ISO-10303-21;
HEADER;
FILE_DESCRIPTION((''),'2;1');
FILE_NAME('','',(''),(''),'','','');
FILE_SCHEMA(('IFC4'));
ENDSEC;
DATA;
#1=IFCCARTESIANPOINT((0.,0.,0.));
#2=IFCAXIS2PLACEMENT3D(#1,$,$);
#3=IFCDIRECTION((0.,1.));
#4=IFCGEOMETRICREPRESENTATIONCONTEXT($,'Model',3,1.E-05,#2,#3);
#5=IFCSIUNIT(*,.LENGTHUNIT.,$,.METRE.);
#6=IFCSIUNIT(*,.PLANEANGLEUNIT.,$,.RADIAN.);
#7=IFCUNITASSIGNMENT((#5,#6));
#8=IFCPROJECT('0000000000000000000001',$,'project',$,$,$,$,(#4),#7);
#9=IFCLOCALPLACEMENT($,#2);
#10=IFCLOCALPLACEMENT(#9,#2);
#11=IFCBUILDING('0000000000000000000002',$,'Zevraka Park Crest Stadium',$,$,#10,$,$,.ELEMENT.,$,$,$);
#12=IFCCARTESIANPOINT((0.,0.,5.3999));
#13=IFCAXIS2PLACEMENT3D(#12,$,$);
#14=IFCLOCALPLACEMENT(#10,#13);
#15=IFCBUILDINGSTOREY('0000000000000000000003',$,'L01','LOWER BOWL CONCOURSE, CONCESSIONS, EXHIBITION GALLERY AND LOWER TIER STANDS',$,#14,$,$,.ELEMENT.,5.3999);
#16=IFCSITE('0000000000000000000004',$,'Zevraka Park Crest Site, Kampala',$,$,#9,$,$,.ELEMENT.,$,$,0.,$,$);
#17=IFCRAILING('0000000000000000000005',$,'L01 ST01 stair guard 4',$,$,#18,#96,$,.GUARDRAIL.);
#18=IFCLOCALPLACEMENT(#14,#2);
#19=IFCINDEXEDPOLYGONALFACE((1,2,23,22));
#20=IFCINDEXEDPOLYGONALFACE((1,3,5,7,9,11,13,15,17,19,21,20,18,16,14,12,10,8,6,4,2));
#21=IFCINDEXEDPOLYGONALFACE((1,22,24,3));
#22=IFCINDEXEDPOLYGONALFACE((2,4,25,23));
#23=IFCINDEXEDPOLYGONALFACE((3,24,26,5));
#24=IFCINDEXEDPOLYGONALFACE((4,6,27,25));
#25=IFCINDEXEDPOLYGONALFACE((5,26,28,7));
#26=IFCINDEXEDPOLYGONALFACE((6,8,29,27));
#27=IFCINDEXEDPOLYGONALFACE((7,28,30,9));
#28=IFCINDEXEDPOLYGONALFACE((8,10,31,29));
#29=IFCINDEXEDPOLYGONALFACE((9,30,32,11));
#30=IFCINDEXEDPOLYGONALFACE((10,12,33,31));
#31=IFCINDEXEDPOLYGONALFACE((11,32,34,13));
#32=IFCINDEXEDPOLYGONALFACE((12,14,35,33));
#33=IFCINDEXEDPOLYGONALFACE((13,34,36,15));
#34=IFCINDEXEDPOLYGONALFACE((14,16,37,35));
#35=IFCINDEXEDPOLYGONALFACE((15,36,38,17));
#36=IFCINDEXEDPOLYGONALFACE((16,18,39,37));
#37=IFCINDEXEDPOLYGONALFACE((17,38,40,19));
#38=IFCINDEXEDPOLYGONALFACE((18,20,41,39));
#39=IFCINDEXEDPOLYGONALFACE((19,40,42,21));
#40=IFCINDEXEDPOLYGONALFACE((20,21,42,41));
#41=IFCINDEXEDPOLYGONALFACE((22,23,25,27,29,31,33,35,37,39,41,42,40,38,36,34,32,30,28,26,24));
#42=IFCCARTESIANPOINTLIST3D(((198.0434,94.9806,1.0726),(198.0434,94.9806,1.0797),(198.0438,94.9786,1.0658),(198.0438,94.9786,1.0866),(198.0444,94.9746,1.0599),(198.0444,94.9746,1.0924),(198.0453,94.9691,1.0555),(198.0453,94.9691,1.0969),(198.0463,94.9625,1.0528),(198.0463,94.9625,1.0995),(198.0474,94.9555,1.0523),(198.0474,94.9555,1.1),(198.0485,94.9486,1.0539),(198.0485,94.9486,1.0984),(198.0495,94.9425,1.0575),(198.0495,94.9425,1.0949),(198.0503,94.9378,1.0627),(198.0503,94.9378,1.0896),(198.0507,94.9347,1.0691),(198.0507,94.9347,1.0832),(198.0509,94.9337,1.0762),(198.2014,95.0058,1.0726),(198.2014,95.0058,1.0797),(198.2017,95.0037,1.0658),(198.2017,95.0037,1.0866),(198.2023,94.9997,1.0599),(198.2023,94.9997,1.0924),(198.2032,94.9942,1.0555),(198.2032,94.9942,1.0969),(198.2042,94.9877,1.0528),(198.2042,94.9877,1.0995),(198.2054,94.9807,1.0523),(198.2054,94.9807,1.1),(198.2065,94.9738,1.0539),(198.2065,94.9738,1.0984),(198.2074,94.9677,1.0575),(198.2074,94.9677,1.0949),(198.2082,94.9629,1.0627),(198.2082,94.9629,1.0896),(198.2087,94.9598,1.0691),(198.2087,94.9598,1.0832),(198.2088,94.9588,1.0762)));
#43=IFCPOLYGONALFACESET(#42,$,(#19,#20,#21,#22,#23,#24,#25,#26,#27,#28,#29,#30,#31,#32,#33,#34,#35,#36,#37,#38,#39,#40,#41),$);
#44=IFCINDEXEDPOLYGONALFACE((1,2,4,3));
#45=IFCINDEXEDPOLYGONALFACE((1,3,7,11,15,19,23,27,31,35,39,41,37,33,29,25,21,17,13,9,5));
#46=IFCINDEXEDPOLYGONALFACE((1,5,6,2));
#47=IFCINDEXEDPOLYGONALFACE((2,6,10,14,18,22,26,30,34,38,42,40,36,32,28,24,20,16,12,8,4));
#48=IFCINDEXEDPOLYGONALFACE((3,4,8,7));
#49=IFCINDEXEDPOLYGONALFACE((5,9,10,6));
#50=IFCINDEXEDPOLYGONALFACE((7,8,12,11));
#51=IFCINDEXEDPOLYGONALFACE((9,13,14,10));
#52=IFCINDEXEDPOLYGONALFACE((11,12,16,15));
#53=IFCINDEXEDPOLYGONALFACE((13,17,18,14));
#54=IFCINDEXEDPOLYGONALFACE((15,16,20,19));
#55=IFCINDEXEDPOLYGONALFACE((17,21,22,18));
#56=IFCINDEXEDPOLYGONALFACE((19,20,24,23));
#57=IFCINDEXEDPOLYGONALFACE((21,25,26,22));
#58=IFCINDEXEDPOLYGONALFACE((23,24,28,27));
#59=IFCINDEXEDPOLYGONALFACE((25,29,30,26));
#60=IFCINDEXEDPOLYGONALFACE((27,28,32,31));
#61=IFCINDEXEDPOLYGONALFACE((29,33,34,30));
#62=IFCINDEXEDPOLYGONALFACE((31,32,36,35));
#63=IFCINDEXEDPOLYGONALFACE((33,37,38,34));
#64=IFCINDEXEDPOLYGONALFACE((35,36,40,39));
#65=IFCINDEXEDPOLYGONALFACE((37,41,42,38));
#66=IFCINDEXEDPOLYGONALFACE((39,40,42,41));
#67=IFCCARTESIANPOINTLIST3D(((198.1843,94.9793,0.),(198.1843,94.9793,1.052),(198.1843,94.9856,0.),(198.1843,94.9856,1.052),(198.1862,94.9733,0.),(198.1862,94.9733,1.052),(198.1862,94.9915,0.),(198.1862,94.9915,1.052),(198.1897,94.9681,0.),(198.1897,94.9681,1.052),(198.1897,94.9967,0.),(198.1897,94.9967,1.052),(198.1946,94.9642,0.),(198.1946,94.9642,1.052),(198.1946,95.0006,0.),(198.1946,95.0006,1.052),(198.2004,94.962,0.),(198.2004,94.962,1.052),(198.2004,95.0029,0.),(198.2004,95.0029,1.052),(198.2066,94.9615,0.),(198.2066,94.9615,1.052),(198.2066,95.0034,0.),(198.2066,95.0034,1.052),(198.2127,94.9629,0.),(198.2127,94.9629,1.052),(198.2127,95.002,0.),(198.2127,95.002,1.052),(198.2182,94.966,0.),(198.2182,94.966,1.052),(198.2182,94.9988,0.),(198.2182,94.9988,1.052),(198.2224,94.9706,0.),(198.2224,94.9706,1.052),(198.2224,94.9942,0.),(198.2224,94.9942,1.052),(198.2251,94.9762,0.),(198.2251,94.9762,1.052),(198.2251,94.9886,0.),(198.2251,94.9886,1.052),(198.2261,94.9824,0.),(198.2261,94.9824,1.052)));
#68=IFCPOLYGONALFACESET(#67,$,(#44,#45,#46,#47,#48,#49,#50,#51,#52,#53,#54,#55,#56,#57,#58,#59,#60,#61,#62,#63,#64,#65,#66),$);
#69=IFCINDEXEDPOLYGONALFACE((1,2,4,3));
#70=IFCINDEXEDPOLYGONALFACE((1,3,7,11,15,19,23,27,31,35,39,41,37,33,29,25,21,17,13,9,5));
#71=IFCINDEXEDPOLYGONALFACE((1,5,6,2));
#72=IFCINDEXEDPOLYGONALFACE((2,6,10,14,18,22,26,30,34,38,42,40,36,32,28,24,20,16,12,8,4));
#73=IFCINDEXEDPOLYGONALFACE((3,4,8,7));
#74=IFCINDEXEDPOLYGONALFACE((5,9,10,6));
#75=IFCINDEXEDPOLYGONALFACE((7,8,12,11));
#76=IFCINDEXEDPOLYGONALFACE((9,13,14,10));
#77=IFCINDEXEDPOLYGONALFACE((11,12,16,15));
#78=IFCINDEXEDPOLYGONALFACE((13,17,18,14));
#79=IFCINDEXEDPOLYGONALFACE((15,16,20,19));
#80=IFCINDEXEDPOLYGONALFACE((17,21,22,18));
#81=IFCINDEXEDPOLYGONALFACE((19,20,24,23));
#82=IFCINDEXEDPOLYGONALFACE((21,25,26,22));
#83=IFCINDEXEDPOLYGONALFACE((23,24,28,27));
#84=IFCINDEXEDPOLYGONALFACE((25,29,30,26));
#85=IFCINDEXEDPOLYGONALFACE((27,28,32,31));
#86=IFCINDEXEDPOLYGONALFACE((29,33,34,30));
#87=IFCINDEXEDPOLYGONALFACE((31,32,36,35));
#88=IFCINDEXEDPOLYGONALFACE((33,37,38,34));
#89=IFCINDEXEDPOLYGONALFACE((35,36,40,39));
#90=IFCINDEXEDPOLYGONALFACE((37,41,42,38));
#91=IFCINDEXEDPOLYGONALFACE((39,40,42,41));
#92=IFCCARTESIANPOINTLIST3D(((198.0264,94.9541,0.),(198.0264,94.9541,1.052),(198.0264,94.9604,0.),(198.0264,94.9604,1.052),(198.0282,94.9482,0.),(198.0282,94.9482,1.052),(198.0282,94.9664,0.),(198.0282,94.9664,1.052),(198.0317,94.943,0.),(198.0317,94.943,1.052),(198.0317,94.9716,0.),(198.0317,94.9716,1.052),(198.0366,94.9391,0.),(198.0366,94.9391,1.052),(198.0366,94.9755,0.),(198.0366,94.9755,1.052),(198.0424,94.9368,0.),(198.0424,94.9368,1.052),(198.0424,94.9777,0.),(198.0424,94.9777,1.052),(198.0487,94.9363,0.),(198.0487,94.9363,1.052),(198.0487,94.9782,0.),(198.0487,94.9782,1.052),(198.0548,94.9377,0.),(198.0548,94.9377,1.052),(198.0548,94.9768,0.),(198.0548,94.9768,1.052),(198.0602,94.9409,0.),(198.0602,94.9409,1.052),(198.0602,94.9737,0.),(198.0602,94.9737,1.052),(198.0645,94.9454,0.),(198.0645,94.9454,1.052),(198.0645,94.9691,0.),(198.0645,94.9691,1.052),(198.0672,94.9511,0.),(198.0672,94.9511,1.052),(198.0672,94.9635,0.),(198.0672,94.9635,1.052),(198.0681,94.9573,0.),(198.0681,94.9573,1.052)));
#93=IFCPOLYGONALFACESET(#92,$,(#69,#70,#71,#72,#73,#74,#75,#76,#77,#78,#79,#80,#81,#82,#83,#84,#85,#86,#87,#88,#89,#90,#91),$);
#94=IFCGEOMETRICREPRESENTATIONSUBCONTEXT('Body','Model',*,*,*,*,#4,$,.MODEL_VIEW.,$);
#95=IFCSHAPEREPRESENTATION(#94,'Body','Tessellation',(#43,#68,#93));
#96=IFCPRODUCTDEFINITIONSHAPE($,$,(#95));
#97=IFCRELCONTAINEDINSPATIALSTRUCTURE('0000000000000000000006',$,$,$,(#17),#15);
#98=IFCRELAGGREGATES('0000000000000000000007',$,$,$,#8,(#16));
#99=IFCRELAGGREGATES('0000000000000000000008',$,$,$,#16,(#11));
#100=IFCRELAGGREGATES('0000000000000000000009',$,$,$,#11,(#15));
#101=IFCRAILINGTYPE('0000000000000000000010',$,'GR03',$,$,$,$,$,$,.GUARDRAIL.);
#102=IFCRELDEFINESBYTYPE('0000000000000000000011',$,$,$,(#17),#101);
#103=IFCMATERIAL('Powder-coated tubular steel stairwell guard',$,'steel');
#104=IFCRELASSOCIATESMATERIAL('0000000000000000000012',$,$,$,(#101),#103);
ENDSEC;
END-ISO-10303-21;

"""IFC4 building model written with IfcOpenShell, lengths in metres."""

from ifc_helpers import new_model, si_unit, direction, frame, origin, origin_2d, place, context, subcontext, project, spatial, circle, extrude, material, type_object, element, save


model = new_model("IFC4")

# Units and contexts
model_context = context("Model", 3, precision=1e-05, world=origin(), true_north=direction((0.0, 1.0)))
body_context = subcontext(model_context, "Body", "Model", "MODEL_VIEW")
ifc_project = project(units=[si_unit("LENGTHUNIT", "METRE"), si_unit("PLANEANGLEUNIT", "RADIAN")], contexts=[model_context])

# Site, building, storey
site_placement = place(None, origin())
site = spatial("IfcSite", under=ifc_project, at=site_placement, Name="Zevraka Park Crest Site, Kampala", CompositionType="ELEMENT", RefElevation=0.0)
building_placement = place(site_placement, origin())
building = spatial("IfcBuilding", under=site, at=building_placement, Name="Zevraka Park Crest Stadium", CompositionType="ELEMENT")
storey_placement = place(building_placement, frame((0.0, 0.0, 5.3999)))
storey = spatial("IfcBuildingStorey", under=building, at=storey_placement, Name="L01", Description="LOWER BOWL CONCOURSE, CONCESSIONS, EXHIBITION GALLERY AND LOWER TIER STANDS", CompositionType="ELEMENT", Elevation=5.3999)

# Railing
ifc_material_1 = material(Name="Powder-coated tubular steel stairwell guard", Category="steel")
railing_type_1 = type_object("IfcRailingType", Name="GR03", PredefinedType="GUARDRAIL", material=ifc_material_1)
railing_1_placement = place(storey_placement, frame((198.2051, 94.9824, 0.0)))
element("IfcRailing", 1, at=railing_1_placement, inside=storey, type_object=railing_type_1, Name="L01 ST01 stair guard 4", PredefinedType="GUARDRAIL", context=body_context, shape_type="SweptSolid", body=[
    extrude(circle(Radius=0.0239, at=origin_2d()), frame((0.0, 0.0, 1.0762), z_axis=(-0.987564, -0.157217, 0.0), x_axis=(0.157217, -0.987564, 0.0)), (0.0, 0.0, 1.0), 0.1599),
    extrude(circle(Radius=0.021, at=origin_2d()), origin(), (0.0, 0.0, 1.0), 1.052),
    extrude(circle(Radius=0.021, at=origin_2d()), frame((-0.158, -0.0251, 0.0)), (0.0, 0.0, 1.0), 1.052),
])

save(model, "model.ifc")
